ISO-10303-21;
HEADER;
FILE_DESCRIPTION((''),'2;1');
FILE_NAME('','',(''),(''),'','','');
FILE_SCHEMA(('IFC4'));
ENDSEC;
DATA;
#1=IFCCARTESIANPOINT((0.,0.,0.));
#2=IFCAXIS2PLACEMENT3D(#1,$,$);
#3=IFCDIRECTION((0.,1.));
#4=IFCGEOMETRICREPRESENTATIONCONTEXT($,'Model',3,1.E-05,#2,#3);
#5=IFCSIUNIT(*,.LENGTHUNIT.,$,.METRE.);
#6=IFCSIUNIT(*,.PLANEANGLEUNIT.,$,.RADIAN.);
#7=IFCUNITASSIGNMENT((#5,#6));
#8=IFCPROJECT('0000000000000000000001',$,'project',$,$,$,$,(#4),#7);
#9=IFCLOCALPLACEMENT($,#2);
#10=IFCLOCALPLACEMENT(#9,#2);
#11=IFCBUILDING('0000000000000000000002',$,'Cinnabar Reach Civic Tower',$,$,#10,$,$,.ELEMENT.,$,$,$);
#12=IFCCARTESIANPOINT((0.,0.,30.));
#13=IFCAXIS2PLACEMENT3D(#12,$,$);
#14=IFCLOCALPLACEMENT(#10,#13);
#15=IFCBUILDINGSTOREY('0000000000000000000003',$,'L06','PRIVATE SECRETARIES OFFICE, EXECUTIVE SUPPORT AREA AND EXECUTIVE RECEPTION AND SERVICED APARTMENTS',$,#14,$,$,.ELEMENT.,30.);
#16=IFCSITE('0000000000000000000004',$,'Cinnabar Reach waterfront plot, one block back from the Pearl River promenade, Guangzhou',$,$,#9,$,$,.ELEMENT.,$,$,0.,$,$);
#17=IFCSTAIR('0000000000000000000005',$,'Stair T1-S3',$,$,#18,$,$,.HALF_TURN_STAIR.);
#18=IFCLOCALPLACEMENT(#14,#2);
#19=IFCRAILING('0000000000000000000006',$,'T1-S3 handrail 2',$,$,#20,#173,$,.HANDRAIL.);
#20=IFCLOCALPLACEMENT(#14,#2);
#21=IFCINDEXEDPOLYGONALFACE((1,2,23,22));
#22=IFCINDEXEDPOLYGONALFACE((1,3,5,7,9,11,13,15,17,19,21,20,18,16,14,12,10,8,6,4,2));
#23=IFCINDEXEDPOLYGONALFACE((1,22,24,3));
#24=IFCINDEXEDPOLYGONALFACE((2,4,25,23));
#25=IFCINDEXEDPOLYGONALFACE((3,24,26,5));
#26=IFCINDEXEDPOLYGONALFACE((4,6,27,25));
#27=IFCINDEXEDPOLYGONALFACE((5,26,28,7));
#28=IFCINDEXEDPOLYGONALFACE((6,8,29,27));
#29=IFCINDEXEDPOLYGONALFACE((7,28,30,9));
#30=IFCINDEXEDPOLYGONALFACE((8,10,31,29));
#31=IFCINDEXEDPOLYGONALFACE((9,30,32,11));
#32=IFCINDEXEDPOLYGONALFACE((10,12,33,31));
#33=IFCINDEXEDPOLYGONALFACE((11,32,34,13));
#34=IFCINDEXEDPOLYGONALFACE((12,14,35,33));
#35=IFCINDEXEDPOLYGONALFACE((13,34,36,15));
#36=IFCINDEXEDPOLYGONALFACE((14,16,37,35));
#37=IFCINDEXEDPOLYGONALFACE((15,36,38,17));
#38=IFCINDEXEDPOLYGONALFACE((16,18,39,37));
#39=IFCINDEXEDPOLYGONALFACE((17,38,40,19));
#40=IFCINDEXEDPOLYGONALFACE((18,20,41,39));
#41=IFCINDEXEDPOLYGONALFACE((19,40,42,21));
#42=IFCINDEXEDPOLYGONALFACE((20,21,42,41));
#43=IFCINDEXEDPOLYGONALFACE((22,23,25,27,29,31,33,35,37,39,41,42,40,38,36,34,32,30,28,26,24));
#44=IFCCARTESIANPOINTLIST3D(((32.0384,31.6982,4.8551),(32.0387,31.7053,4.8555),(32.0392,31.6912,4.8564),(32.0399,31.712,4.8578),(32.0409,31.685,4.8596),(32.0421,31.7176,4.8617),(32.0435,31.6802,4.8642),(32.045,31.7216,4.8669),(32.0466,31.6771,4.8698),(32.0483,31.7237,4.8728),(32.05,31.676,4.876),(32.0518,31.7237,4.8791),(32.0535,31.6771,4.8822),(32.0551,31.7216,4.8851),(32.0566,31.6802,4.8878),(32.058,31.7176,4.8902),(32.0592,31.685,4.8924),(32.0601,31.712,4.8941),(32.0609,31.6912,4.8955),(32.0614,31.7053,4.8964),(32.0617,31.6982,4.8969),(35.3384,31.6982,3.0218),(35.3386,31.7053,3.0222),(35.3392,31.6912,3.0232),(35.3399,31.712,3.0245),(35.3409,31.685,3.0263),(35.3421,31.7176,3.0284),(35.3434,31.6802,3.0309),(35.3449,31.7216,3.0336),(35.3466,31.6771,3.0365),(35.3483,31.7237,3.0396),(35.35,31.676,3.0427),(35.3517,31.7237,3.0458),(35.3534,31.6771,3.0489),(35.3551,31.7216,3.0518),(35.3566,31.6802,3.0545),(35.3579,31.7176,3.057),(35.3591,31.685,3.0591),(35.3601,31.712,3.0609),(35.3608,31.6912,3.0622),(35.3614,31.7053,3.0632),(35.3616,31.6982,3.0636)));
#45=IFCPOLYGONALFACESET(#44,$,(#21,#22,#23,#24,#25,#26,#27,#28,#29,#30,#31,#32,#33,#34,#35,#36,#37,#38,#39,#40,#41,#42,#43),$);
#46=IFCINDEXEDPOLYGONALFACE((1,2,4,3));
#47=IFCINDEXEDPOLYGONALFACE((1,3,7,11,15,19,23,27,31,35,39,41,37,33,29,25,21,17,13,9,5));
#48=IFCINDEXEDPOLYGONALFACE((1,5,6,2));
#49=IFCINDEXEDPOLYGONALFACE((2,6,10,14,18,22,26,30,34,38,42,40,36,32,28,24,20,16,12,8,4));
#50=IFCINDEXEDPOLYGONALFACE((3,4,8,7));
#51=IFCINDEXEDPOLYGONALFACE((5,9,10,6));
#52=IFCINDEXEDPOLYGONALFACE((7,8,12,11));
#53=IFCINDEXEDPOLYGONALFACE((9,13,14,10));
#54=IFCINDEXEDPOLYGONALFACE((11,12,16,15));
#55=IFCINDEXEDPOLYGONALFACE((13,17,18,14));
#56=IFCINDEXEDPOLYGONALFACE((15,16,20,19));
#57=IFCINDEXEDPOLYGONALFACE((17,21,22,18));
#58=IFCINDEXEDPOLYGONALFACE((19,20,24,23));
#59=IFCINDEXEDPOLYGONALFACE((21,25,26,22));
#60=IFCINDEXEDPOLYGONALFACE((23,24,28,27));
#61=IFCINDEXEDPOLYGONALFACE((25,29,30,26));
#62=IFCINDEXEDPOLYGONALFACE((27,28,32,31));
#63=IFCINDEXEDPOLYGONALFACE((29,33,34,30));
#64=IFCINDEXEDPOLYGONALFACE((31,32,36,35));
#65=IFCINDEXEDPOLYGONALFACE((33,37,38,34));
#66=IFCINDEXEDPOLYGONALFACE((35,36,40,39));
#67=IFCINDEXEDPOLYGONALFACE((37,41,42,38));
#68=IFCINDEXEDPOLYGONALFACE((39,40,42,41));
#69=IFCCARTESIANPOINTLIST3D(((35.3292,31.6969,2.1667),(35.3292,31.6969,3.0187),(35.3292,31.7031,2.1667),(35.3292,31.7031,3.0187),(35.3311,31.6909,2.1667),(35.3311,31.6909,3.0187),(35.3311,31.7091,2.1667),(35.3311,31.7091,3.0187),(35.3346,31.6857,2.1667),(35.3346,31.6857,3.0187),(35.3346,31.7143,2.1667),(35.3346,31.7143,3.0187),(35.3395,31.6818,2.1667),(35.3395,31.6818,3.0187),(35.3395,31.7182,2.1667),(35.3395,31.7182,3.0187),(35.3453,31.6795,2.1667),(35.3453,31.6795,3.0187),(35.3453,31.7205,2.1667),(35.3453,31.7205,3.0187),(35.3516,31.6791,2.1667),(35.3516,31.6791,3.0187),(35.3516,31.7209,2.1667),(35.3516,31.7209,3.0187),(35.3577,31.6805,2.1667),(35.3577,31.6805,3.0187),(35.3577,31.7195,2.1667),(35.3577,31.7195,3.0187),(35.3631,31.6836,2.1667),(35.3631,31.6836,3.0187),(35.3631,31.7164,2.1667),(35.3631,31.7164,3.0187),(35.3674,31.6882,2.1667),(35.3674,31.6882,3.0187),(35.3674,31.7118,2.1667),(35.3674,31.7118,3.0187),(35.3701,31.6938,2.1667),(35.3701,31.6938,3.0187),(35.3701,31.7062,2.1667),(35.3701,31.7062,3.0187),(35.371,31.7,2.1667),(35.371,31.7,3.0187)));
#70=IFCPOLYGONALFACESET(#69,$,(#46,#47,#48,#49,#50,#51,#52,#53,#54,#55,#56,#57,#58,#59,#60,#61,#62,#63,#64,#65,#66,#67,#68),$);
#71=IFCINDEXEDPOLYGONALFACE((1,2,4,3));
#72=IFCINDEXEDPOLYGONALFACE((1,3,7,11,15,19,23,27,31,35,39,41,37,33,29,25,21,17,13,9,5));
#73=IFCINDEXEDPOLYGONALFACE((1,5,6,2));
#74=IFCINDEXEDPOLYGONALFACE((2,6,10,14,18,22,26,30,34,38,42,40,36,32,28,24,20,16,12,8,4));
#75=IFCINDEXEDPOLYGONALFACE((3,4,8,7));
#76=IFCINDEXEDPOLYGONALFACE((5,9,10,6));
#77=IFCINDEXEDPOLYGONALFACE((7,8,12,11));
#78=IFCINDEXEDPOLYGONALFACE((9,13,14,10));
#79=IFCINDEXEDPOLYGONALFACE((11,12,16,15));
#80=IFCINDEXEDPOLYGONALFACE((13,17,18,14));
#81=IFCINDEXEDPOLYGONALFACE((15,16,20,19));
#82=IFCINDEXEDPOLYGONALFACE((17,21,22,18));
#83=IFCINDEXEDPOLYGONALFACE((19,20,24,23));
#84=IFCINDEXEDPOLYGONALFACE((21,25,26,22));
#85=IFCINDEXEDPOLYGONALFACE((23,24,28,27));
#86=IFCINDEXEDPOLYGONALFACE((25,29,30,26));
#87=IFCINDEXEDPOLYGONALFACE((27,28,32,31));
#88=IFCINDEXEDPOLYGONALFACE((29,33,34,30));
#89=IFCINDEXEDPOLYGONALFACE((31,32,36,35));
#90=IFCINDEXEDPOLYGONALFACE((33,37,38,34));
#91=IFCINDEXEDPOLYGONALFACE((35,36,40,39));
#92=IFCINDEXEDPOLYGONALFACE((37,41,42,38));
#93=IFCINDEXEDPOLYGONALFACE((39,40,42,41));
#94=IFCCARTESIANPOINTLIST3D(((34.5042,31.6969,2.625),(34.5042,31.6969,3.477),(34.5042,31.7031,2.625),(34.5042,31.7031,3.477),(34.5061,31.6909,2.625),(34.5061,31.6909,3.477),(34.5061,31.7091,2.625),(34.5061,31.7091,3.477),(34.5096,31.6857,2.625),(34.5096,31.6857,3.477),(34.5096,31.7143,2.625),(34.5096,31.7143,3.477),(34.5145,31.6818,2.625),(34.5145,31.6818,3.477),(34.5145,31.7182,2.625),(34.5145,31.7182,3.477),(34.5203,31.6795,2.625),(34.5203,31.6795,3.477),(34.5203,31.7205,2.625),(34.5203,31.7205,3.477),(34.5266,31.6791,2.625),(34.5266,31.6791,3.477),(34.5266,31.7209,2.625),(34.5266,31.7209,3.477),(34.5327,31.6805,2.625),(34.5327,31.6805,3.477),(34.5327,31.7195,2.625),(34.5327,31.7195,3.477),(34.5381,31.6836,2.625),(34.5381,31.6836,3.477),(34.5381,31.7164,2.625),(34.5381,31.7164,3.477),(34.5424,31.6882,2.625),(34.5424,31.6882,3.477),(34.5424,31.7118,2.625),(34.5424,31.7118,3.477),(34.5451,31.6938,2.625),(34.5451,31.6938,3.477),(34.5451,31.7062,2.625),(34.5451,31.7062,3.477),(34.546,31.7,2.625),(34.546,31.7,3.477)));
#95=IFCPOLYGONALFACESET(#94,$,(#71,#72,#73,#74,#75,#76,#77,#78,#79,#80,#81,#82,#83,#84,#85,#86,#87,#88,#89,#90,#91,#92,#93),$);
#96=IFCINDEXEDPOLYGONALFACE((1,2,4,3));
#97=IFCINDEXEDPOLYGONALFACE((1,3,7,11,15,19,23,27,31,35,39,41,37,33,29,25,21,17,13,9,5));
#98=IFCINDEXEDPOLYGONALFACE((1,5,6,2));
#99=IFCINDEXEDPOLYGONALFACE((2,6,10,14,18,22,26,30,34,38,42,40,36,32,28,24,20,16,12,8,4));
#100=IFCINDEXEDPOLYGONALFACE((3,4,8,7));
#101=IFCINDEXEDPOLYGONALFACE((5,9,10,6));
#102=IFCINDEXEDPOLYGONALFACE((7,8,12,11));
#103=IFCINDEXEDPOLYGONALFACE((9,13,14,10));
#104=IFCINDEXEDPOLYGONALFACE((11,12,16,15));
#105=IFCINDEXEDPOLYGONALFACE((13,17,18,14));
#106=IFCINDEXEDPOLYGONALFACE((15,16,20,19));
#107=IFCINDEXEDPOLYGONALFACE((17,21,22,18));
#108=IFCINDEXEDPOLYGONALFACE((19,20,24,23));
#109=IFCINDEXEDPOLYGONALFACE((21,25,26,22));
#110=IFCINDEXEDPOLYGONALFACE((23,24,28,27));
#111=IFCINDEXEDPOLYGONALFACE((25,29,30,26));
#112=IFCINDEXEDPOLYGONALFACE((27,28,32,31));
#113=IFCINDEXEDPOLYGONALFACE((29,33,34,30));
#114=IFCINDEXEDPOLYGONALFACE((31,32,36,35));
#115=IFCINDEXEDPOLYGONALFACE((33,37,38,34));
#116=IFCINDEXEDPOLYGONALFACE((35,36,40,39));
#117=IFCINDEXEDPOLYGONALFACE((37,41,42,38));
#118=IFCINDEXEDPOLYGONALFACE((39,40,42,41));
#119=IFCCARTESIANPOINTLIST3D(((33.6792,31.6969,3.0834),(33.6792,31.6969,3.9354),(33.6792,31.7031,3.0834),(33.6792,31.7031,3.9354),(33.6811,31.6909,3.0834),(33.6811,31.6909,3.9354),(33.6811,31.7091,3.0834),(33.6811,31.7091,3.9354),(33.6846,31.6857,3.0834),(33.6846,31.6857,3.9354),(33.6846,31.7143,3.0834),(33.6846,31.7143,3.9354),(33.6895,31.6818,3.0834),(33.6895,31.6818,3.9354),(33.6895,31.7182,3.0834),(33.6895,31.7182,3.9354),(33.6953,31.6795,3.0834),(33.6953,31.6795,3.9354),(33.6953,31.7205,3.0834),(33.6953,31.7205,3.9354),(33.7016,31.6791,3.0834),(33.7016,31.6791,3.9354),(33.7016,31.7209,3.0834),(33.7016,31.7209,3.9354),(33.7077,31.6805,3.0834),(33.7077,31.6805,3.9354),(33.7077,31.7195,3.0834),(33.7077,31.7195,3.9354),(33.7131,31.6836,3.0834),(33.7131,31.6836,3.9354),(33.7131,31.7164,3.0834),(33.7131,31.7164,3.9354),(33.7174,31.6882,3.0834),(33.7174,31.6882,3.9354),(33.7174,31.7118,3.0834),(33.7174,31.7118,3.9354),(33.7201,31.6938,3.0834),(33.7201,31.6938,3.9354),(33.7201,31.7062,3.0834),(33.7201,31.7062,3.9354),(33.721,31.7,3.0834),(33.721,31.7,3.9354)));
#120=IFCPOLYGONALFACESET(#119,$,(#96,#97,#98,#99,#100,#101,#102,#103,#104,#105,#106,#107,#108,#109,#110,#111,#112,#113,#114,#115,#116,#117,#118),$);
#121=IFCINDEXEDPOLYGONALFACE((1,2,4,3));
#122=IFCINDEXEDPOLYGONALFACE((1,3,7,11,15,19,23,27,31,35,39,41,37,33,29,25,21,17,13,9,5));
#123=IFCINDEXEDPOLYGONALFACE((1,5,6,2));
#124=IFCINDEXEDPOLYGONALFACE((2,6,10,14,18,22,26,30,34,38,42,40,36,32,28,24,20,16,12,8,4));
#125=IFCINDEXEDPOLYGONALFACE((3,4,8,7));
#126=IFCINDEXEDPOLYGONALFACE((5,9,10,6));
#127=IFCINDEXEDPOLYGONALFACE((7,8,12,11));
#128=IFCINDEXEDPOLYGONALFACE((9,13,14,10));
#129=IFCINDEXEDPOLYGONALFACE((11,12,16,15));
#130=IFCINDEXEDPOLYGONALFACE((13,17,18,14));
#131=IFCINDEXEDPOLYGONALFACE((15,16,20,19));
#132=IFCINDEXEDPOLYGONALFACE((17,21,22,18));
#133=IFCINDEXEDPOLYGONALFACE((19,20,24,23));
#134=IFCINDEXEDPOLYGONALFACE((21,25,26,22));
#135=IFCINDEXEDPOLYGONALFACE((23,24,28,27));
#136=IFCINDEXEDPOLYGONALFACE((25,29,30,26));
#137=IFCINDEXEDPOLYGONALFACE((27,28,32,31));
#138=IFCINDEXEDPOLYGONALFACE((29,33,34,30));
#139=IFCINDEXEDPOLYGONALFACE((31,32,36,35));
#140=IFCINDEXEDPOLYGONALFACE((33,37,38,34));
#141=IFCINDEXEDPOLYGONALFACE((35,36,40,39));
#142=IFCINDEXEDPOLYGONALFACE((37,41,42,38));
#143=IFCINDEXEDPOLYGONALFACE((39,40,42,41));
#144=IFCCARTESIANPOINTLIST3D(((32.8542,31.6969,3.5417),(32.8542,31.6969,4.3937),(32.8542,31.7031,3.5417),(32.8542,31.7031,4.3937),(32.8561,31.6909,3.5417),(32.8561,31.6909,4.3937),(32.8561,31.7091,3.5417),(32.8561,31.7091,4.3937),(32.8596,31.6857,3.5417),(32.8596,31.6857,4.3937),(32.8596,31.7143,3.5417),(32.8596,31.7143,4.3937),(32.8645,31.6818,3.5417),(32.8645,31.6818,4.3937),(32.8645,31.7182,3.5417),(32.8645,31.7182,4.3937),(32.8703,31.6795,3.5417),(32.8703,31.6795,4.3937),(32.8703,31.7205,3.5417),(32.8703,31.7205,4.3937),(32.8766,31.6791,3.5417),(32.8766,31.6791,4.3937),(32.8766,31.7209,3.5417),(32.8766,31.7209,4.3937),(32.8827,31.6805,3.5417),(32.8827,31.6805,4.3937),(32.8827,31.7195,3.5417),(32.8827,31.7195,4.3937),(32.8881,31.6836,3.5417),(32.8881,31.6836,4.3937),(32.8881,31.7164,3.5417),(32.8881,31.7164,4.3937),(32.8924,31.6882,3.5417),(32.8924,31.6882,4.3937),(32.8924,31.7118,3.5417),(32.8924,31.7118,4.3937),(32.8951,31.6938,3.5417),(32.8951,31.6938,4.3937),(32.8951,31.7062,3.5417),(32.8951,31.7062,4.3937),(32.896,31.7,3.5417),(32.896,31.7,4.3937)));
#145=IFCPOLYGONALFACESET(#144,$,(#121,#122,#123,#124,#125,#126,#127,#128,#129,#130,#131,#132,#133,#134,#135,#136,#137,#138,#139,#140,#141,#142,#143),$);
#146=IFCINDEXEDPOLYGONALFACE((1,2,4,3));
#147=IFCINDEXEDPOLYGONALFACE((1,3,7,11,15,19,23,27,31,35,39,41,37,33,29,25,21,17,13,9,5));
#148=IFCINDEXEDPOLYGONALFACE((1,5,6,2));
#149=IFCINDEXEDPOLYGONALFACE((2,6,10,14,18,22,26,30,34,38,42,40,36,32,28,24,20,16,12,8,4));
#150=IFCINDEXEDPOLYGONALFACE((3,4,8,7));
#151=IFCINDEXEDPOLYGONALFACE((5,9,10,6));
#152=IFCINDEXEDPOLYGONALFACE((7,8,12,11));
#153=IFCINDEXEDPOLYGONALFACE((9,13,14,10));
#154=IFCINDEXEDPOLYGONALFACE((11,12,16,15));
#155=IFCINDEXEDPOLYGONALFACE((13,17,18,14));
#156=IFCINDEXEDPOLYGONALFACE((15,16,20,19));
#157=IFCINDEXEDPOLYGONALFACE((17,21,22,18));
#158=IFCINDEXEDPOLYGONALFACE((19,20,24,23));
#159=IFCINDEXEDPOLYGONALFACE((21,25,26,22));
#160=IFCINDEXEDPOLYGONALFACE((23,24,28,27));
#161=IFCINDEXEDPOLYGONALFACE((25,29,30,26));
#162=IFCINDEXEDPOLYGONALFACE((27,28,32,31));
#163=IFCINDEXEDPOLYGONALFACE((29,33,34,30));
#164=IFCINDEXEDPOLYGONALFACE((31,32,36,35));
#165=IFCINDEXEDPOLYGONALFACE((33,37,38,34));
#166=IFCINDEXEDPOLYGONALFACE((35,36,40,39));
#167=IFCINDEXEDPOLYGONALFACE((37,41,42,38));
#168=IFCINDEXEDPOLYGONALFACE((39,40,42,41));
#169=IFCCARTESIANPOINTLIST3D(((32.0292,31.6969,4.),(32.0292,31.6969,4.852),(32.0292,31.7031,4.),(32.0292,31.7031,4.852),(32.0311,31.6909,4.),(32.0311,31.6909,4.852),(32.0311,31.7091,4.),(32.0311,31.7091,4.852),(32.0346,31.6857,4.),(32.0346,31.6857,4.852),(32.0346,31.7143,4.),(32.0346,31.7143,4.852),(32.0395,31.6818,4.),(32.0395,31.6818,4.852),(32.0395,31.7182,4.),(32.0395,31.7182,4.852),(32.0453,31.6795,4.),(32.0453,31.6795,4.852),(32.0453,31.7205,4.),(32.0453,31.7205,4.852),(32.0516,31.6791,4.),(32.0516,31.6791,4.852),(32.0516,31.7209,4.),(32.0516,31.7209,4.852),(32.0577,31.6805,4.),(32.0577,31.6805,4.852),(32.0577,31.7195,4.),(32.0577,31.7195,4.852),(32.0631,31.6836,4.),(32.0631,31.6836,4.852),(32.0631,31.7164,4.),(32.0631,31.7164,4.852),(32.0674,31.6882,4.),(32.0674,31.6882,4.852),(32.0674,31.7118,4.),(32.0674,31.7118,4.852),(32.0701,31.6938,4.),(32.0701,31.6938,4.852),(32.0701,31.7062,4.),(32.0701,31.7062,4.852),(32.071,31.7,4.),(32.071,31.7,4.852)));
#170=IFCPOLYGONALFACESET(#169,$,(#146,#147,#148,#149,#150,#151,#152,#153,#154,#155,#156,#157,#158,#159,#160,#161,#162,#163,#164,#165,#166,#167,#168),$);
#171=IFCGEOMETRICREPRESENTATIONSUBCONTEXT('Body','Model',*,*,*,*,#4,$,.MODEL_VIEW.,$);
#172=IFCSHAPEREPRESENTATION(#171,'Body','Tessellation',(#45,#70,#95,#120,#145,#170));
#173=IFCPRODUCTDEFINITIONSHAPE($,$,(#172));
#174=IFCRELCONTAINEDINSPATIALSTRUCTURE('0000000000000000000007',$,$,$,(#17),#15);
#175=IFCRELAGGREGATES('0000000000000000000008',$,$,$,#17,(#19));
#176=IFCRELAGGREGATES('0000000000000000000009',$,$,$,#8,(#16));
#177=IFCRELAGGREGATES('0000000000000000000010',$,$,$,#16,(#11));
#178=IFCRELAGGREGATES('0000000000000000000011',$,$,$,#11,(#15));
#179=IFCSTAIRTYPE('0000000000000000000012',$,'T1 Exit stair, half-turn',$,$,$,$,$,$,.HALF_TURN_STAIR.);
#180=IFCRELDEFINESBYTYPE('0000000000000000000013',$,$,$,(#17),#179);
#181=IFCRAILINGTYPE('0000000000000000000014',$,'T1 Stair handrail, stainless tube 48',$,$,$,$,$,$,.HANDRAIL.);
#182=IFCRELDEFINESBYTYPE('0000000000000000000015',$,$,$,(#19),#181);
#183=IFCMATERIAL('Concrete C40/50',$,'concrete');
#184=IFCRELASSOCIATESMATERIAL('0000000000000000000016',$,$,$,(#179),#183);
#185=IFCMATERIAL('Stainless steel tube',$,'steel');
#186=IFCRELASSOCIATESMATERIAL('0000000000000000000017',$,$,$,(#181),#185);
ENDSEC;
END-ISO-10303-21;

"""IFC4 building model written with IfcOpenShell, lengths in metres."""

from ifc_helpers import new_model, si_unit, direction, frame, origin, origin_2d, place, context, subcontext, project, spatial, circle, extrude, material, type_object, element, aggregate, save


model = new_model("IFC4")

# Units and contexts
model_context = context("Model", 3, precision=1e-05, world=origin(), true_north=direction((0.0, 1.0)))
body_context = subcontext(model_context, "Body", "Model", "MODEL_VIEW")
ifc_project = project(units=[si_unit("LENGTHUNIT", "METRE"), si_unit("PLANEANGLEUNIT", "RADIAN")], contexts=[model_context])

# Site, building, storey
site_placement = place(None, origin())
site = spatial("IfcSite", under=ifc_project, at=site_placement, Name="Cinnabar Reach waterfront plot, one block back from the Pearl River promenade, Guangzhou", CompositionType="ELEMENT", RefElevation=0.0)
building_placement = place(site_placement, origin())
building = spatial("IfcBuilding", under=site, at=building_placement, Name="Cinnabar Reach Civic Tower", CompositionType="ELEMENT")
storey_placement = place(building_placement, frame((0.0, 0.0, 30.0)))
storey = spatial("IfcBuildingStorey", under=building, at=storey_placement, Name="L06", Description="PRIVATE SECRETARIES OFFICE, EXECUTIVE SUPPORT AREA AND EXECUTIVE RECEPTION AND SERVICED APARTMENTS", CompositionType="ELEMENT", Elevation=30.0)

# Stair, railing
ifc_material_1 = material(Name="Concrete C40/50", Category="concrete")
stair_type = type_object("IfcStairType", Name="T1 Exit stair, half-turn", PredefinedType="HALF_TURN_STAIR", material=ifc_material_1)
stair_placement = place(storey_placement, origin())
stair = element("IfcStair", 1, at=stair_placement, inside=storey, type_object=stair_type, Name="Stair T1-S3", PredefinedType="HALF_TURN_STAIR")
ifc_material_2 = material(Name="Stainless steel tube", Category="steel")
railing_type = type_object("IfcRailingType", Name="T1 Stair handrail, stainless tube 48", PredefinedType="HANDRAIL", material=ifc_material_2)
railing_1_placement = place(storey_placement, frame((35.35, 31.7, 2.1667)))
railing_1 = element("IfcRailing", 2, at=railing_1_placement, type_object=railing_type, Name="T1-S3 handrail 2", PredefinedType="HANDRAIL", context=body_context, shape_type="SweptSolid", body=[
    extrude(circle(Radius=0.024, at=origin_2d()), frame((0.0, 0.0, 0.876), z_axis=(-0.874161, 0.0, 0.485636), x_axis=(0.0, -1.0, 0.0)), (0.0, 0.0, 1.0), 3.775),
    extrude(circle(Radius=0.021, at=origin_2d()), origin(), (0.0, 0.0, 1.0), 0.852),
    extrude(circle(Radius=0.021, at=origin_2d()), frame((-0.825, 0.0, 0.4583)), (0.0, 0.0, 1.0), 0.852),
    extrude(circle(Radius=0.021, at=origin_2d()), frame((-1.65, 0.0, 0.9167)), (0.0, 0.0, 1.0), 0.852),
    extrude(circle(Radius=0.021, at=origin_2d()), frame((-2.475, 0.0, 1.375)), (0.0, 0.0, 1.0), 0.852),
    extrude(circle(Radius=0.021, at=origin_2d()), frame((-3.3, 0.0, 1.8333)), (0.0, 0.0, 1.0), 0.852),
])
aggregate(stair, [railing_1])

save(model, "model.ifc")
